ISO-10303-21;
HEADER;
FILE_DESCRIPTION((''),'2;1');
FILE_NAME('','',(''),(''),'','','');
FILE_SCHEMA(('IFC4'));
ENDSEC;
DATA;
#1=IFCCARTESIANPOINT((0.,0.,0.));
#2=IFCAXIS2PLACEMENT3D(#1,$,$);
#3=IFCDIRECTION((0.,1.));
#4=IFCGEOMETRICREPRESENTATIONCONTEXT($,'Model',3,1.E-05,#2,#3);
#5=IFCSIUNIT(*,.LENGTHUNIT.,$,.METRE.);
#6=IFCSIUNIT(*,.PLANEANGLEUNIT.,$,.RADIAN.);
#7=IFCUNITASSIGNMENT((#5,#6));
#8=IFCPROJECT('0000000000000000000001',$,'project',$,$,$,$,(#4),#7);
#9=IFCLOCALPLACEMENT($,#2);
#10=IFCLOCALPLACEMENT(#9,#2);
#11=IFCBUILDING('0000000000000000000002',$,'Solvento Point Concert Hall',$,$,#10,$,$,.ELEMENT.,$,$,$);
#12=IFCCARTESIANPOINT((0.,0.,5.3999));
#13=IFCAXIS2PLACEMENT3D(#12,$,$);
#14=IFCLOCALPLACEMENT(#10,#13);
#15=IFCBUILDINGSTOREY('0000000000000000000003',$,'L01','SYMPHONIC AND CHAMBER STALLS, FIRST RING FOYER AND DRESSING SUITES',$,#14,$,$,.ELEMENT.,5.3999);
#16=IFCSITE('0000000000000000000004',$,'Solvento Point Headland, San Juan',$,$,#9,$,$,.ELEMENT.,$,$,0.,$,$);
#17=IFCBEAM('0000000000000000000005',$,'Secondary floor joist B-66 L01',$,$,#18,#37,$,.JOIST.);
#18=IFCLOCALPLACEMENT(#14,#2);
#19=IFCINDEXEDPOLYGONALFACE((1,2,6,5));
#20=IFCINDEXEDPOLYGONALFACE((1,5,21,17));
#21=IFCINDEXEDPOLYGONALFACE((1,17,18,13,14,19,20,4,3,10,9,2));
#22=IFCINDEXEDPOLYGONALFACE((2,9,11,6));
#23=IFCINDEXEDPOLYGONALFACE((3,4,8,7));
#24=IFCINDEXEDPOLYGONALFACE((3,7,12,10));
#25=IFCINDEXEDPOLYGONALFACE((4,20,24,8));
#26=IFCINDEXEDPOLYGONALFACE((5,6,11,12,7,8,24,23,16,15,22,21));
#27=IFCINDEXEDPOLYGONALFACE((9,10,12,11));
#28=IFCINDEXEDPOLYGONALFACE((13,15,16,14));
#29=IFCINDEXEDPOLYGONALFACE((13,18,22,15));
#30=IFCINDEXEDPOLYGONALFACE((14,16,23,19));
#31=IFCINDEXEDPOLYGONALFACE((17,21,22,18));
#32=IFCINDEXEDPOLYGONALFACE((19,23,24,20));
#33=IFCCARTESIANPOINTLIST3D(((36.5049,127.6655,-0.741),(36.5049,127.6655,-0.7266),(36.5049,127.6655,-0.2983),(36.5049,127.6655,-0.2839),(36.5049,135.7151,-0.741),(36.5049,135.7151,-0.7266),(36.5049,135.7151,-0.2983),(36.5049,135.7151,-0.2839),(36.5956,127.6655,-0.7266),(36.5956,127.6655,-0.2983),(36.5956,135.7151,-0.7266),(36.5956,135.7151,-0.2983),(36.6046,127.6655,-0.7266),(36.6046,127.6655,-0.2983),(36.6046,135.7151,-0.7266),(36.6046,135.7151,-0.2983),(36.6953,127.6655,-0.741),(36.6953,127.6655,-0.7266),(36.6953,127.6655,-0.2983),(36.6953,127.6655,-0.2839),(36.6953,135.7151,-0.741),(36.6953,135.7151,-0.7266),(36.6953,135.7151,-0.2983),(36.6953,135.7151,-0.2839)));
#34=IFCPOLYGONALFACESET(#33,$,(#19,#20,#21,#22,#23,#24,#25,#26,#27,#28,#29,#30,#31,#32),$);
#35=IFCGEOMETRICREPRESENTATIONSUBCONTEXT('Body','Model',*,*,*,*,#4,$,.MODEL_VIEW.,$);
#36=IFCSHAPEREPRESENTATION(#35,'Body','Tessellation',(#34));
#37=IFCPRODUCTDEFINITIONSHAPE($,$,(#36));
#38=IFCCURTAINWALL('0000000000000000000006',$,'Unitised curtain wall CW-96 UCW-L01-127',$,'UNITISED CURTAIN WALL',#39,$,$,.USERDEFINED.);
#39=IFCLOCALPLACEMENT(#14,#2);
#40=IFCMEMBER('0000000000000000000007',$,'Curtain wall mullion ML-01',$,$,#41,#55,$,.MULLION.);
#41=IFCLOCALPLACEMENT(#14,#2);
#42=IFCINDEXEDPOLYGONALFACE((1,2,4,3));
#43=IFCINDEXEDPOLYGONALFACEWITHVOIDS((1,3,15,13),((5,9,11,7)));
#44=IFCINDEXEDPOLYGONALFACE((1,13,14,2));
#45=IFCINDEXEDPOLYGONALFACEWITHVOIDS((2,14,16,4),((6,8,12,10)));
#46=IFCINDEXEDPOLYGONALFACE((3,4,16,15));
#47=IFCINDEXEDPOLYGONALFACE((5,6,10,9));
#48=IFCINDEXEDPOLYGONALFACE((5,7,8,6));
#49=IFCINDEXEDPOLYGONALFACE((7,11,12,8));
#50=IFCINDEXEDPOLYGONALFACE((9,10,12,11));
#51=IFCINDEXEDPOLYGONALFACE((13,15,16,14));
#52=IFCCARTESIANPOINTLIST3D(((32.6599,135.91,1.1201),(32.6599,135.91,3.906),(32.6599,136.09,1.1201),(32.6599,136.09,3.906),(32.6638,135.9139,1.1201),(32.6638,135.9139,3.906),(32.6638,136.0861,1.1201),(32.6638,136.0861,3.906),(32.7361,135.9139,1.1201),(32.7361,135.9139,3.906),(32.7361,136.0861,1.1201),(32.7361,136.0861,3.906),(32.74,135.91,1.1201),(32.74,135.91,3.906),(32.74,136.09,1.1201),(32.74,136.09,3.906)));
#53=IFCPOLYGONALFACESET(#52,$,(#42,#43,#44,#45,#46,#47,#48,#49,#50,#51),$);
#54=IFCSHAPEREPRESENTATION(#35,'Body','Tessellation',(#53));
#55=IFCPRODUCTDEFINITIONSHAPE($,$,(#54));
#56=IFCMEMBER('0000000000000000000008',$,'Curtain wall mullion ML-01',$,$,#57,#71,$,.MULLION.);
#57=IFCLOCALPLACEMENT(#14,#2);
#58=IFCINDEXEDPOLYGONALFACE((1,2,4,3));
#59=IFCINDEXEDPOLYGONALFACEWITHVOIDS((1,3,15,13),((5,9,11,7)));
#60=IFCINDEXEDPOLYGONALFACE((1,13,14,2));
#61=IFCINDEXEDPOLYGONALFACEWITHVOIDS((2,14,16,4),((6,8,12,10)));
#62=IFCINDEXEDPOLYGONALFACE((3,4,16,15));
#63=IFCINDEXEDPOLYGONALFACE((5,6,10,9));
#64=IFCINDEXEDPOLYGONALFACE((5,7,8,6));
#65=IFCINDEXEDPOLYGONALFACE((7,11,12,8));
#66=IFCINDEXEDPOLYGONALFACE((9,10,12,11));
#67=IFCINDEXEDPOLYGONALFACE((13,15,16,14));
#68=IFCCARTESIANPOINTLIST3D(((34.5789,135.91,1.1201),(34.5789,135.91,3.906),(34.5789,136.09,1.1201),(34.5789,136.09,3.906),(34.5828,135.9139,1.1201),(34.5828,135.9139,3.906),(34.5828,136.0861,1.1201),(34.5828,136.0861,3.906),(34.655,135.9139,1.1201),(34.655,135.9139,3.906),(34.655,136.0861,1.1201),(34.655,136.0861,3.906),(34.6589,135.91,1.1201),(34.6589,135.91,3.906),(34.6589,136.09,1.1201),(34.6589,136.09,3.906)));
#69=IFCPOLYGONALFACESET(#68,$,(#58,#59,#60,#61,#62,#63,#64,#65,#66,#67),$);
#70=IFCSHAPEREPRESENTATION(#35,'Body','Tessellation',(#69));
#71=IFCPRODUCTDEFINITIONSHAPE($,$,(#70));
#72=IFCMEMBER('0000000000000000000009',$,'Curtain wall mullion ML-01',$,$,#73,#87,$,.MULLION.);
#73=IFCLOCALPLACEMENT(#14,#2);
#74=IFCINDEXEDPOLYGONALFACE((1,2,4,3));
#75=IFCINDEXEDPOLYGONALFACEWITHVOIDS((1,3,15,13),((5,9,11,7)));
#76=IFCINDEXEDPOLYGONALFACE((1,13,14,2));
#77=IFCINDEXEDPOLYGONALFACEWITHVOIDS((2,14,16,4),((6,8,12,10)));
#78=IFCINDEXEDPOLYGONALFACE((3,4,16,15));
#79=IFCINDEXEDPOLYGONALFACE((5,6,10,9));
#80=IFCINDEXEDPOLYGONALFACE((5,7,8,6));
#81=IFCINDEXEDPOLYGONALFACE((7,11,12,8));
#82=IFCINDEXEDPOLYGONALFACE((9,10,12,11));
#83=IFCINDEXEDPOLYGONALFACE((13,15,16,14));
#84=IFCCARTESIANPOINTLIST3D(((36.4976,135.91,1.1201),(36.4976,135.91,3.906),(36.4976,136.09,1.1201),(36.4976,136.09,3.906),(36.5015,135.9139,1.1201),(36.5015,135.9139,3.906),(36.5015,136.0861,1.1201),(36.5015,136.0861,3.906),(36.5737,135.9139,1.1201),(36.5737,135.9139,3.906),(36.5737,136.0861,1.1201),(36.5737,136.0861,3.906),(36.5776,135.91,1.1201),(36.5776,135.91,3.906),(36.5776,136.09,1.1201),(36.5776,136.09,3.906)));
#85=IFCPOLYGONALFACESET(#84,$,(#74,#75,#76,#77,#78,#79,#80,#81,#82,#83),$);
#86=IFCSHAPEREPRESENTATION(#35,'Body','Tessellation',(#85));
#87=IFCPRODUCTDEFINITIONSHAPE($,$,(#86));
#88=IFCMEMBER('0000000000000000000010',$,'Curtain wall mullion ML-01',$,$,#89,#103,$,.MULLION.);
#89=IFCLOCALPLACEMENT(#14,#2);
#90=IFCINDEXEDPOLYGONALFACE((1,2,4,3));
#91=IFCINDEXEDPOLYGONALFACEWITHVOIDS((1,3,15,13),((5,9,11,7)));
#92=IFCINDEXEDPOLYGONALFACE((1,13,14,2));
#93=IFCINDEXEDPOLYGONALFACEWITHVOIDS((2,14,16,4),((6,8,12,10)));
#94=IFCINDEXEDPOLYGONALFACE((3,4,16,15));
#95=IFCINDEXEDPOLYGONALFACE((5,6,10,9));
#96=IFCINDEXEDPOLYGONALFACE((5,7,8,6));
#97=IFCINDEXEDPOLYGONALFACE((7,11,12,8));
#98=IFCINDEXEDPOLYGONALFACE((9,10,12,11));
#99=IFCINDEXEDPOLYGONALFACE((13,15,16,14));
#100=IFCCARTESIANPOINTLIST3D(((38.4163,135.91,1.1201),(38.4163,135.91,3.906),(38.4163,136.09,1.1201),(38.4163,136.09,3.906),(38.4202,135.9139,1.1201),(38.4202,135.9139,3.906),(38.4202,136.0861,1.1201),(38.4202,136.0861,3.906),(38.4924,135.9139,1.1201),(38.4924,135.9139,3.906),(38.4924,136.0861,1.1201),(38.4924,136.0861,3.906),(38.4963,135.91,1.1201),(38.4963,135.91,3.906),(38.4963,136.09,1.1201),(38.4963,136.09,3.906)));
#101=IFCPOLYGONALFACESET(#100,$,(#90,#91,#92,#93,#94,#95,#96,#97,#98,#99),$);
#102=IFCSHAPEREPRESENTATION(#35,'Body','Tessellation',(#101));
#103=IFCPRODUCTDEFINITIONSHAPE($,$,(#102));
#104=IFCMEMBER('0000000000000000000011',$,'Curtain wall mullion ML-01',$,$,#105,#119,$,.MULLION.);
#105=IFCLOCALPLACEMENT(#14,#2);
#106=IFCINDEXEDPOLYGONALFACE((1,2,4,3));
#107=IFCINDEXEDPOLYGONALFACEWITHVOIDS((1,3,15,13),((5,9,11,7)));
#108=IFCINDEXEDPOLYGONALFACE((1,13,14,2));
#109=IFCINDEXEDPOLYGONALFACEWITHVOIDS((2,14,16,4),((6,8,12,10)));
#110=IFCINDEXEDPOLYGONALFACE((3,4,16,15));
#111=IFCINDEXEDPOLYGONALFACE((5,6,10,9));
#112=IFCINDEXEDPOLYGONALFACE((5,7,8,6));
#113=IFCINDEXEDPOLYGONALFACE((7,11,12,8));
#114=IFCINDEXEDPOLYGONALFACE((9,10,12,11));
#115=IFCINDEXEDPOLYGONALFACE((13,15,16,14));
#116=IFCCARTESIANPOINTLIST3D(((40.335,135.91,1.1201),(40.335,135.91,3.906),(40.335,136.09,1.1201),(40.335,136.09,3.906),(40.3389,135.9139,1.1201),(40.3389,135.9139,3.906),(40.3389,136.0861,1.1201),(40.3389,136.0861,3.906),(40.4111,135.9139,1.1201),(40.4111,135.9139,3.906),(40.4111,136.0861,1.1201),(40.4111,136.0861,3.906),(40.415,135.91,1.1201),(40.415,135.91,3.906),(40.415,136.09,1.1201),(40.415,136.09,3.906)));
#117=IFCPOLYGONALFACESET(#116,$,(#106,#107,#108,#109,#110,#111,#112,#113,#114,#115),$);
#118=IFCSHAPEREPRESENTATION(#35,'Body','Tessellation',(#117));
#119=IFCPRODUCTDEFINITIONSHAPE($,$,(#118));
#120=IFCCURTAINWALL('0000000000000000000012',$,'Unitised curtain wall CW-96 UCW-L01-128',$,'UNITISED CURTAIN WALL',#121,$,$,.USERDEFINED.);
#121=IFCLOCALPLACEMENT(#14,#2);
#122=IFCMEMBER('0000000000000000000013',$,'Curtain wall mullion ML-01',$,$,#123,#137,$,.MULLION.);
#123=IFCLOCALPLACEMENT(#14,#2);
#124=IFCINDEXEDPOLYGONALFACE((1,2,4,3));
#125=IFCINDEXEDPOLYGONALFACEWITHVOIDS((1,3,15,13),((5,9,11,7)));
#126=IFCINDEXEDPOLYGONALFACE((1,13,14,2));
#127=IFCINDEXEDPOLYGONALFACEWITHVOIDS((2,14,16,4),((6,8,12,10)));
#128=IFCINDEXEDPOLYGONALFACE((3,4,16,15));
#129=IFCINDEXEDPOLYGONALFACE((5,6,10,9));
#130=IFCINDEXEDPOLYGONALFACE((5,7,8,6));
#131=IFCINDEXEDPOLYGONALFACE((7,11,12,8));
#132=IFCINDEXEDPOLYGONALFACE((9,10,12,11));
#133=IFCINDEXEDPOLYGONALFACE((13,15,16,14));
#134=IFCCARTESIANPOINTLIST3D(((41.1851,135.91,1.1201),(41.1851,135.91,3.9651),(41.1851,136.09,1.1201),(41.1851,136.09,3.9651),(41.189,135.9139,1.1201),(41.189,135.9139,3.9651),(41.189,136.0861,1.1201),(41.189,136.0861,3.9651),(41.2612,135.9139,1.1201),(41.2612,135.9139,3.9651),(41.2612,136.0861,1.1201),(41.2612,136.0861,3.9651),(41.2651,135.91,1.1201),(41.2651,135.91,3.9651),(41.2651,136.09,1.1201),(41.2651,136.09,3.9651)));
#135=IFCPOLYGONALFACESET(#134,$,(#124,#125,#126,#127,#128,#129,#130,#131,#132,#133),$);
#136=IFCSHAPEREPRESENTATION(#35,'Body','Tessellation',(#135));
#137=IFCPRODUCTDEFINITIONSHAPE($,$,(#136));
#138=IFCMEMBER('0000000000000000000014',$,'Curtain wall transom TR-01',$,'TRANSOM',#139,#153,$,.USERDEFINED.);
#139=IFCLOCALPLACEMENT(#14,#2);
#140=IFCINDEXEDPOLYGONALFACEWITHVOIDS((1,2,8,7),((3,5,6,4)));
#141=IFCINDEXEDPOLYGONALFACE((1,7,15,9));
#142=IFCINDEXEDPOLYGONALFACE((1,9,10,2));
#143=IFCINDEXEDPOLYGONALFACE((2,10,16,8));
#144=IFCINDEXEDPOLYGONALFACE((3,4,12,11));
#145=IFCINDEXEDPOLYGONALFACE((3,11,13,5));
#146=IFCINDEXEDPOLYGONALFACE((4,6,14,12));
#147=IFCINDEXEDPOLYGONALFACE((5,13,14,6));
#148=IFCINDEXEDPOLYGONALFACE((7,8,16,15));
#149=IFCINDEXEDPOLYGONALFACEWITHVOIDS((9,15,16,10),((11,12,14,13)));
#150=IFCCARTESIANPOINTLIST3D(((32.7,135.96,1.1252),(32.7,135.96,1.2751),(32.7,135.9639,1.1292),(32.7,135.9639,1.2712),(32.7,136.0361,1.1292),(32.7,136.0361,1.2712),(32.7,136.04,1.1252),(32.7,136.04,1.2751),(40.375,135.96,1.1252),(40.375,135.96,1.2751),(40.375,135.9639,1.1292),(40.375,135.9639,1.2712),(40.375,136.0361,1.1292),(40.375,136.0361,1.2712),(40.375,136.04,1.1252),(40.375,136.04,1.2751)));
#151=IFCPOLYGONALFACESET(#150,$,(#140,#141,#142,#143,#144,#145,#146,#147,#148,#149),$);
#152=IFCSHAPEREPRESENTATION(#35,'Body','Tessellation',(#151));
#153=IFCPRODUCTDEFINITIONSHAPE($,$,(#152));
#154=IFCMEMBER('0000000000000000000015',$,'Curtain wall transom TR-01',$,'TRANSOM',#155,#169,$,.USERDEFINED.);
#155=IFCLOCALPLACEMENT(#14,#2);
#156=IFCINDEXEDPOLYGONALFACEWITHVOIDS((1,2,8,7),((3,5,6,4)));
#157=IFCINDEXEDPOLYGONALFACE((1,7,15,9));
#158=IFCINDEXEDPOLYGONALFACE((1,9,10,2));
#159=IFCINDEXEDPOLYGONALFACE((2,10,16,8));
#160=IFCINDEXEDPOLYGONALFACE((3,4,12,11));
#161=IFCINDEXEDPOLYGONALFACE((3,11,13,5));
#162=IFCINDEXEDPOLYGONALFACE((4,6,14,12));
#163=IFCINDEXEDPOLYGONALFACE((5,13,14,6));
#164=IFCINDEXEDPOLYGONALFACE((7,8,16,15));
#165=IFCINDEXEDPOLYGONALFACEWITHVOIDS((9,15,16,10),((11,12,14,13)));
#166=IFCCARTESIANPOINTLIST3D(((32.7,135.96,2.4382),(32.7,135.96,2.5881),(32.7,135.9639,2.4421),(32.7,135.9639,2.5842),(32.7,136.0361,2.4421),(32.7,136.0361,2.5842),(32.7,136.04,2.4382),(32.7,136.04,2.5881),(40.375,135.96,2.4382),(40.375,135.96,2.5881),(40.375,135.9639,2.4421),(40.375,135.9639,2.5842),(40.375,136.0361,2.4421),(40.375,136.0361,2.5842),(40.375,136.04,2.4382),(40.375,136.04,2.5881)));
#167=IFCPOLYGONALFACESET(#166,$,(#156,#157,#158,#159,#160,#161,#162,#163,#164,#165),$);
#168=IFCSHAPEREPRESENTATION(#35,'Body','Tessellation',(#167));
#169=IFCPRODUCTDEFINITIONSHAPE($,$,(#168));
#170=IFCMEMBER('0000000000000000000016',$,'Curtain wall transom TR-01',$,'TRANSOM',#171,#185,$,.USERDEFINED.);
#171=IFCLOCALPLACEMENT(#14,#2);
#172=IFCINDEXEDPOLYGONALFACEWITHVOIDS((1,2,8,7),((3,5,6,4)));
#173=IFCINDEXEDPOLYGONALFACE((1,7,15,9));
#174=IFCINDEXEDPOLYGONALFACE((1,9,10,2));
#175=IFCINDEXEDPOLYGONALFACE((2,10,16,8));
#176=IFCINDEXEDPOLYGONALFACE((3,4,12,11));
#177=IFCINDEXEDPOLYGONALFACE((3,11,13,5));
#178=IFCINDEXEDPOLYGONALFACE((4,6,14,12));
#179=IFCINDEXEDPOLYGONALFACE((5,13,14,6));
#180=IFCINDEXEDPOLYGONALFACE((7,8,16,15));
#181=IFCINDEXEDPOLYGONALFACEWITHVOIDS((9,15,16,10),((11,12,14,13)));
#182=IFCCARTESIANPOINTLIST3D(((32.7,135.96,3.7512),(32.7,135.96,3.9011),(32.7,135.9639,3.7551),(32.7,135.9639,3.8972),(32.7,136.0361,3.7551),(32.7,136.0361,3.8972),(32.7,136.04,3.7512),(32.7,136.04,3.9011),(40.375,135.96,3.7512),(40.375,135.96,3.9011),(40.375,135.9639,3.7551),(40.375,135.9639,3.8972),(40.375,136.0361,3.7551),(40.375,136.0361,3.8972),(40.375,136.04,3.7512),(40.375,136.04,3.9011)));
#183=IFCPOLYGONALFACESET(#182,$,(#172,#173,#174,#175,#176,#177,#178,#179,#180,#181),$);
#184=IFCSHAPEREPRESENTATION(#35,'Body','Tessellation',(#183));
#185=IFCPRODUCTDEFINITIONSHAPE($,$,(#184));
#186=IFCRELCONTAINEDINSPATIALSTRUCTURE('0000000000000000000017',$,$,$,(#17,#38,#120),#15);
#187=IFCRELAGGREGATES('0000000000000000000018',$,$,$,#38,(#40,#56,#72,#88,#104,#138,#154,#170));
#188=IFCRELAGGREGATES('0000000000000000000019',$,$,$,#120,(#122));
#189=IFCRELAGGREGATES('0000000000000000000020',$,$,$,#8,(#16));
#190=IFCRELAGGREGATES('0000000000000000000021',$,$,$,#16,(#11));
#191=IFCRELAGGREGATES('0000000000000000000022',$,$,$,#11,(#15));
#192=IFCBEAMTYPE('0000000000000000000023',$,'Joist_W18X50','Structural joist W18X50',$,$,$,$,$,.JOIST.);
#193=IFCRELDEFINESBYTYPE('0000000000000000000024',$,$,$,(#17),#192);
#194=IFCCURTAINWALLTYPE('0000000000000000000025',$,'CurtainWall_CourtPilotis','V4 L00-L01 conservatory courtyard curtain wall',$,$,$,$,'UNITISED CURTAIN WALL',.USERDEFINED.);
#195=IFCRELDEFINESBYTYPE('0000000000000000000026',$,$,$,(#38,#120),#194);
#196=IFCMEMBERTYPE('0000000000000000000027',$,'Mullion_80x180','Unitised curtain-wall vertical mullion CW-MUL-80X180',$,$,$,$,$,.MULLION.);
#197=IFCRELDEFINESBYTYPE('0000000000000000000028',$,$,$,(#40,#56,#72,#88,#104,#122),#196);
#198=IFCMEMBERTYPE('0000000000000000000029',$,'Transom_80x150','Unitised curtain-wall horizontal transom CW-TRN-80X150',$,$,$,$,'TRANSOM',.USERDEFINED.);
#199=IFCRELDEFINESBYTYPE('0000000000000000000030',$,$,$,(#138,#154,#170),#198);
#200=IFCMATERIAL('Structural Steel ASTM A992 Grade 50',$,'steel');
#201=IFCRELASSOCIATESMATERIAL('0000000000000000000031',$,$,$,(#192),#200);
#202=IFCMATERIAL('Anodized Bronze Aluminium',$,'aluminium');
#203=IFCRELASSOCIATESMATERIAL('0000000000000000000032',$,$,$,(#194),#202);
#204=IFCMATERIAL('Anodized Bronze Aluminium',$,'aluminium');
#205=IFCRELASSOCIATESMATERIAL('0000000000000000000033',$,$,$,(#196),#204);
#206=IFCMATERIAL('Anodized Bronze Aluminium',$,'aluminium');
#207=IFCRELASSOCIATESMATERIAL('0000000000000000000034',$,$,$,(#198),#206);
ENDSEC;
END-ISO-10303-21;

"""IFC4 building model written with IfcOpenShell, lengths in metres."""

from ifc_helpers import new_model, si_unit, direction, frame, origin, origin_2d, place, context, subcontext, project, spatial, hollow_rectangle, i_section, extrude, material, material_profile, profile_set, type_object, element, aggregate, save


model = new_model("IFC4")

# Units and contexts
model_context = context("Model", 3, precision=1e-05, world=origin(), true_north=direction((0.0, 1.0)))
body_context = subcontext(model_context, "Body", "Model", "MODEL_VIEW")
ifc_project = project(units=[si_unit("LENGTHUNIT", "METRE"), si_unit("PLANEANGLEUNIT", "RADIAN")], contexts=[model_context])

# Site, building, storey
site_placement = place(None, origin())
site = spatial("IfcSite", under=ifc_project, at=site_placement, Name="Solvento Point Headland, San Juan", CompositionType="ELEMENT", RefElevation=0.0)
building_placement = place(site_placement, origin())
building = spatial("IfcBuilding", under=site, at=building_placement, Name="Solvento Point Concert Hall", CompositionType="ELEMENT")
storey_placement = place(building_placement, frame((0.0, 0.0, 5.3999)))
storey = spatial("IfcBuildingStorey", under=building, at=storey_placement, Name="L01", Description="SYMPHONIC AND CHAMBER STALLS, FIRST RING FOYER AND DRESSING SUITES", CompositionType="ELEMENT", Elevation=5.3999)

# Beam
ifc_material_1 = material(Name="Structural Steel ASTM A992 Grade 50", Category="steel")
ifc_material_profile_1 = material_profile(ifc_material_1, i_section(OverallWidth=0.1904, OverallDepth=0.457, WebThickness=0.009, FlangeThickness=0.0144, at=origin_2d()), Name="W18X50")
ifc_profile_set_1 = profile_set([ifc_material_profile_1], Name="Structural Steel ASTM A992 Grade 50")
beam_type_1 = type_object("IfcBeamType", Name="Joist_W18X50", Description="Structural joist W18X50", PredefinedType="JOIST", material=ifc_profile_set_1)
beam_1_placement = place(storey_placement, frame((36.6001, 127.6655, -0.5125), z_axis=(0.0, 1.0, 0.0), x_axis=(-1.0, 0.0, 0.0)))
element("IfcBeam", 1, at=beam_1_placement, inside=storey, type_object=beam_type_1, Name="Secondary floor joist B-66 L01", PredefinedType="JOIST", context=body_context, shape_type="SweptSolid", body=[
    extrude(i_section(OverallWidth=0.1904, OverallDepth=0.457, WebThickness=0.009, FlangeThickness=0.0144, at=origin_2d()), origin(), (0.0, 0.0, 1.0), 8.0496),
])

# Curtain wall, members
ifc_material_2 = material(Name="Anodized Bronze Aluminium", Category="aluminium")
curtain_wall_type = type_object("IfcCurtainWallType", Name="CurtainWall_CourtPilotis", Description="V4 L00-L01 conservatory courtyard curtain wall", ElementType="UNITISED CURTAIN WALL", PredefinedType="USERDEFINED", material=ifc_material_2)
curtain_wall_1_placement = place(storey_placement, origin())
curtain_wall_1 = element("IfcCurtainWall", 2, at=curtain_wall_1_placement, inside=storey, type_object=curtain_wall_type, Name="Unitised curtain wall CW-96 UCW-L01-127", ObjectType="UNITISED CURTAIN WALL", PredefinedType="USERDEFINED")
ifc_material_3 = material(Name="Anodized Bronze Aluminium", Category="aluminium")
ifc_material_profile_2 = material_profile(ifc_material_3, hollow_rectangle(XDim=0.0801, YDim=0.1799, WallThickness=0.0039, at=origin_2d()), Name="CW-MUL-80X180")
ifc_profile_set_2 = profile_set([ifc_material_profile_2], Name="Anodized Bronze Aluminium")
member_type_1 = type_object("IfcMemberType", Name="Mullion_80x180", Description="Unitised curtain-wall vertical mullion CW-MUL-80X180", PredefinedType="MULLION", material=ifc_profile_set_2)
member_1_placement = place(storey_placement, frame((32.7, 136.0, 1.1201), z_axis=(0.0, 0.0, 1.0), x_axis=(1.0, 0.0, 0.0)))
member_1 = element("IfcMember", 3, at=member_1_placement, type_object=member_type_1, Name="Curtain wall mullion ML-01", PredefinedType="MULLION", context=body_context, shape_type="SweptSolid", body=[
    extrude(hollow_rectangle(XDim=0.0801, YDim=0.1799, WallThickness=0.0039, at=origin_2d()), origin(), (0.0, 0.0, 1.0), 2.7859),
])
member_2_placement = place(storey_placement, frame((34.6189, 136.0, 1.1201), z_axis=(0.0, 0.0, 1.0), x_axis=(1.0, 0.0, 0.0)))
member_2 = element("IfcMember", 4, at=member_2_placement, type_object=member_type_1, Name="Curtain wall mullion ML-01", PredefinedType="MULLION", context=body_context, shape_type="SweptSolid", body=[
    extrude(hollow_rectangle(XDim=0.0801, YDim=0.1799, WallThickness=0.0039, at=origin_2d()), origin(), (0.0, 0.0, 1.0), 2.7859),
])
member_3_placement = place(storey_placement, frame((36.5376, 136.0, 1.1201), z_axis=(0.0, 0.0, 1.0), x_axis=(1.0, 0.0, 0.0)))
member_3 = element("IfcMember", 5, at=member_3_placement, type_object=member_type_1, Name="Curtain wall mullion ML-01", PredefinedType="MULLION", context=body_context, shape_type="SweptSolid", body=[
    extrude(hollow_rectangle(XDim=0.0801, YDim=0.1799, WallThickness=0.0039, at=origin_2d()), origin(), (0.0, 0.0, 1.0), 2.7859),
])
member_4_placement = place(storey_placement, frame((38.4563, 136.0, 1.1201), z_axis=(0.0, 0.0, 1.0), x_axis=(1.0, 0.0, 0.0)))
member_4 = element("IfcMember", 6, at=member_4_placement, type_object=member_type_1, Name="Curtain wall mullion ML-01", PredefinedType="MULLION", context=body_context, shape_type="SweptSolid", body=[
    extrude(hollow_rectangle(XDim=0.0801, YDim=0.1799, WallThickness=0.0039, at=origin_2d()), origin(), (0.0, 0.0, 1.0), 2.7859),
])
member_5_placement = place(storey_placement, frame((40.375, 136.0, 1.1201), z_axis=(0.0, 0.0, 1.0), x_axis=(1.0, 0.0, 0.0)))
member_5 = element("IfcMember", 7, at=member_5_placement, type_object=member_type_1, Name="Curtain wall mullion ML-01", PredefinedType="MULLION", context=body_context, shape_type="SweptSolid", body=[
    extrude(hollow_rectangle(XDim=0.0801, YDim=0.1799, WallThickness=0.0039, at=origin_2d()), origin(), (0.0, 0.0, 1.0), 2.7859),
])

# Curtain wall, member
curtain_wall_2_placement = place(storey_placement, origin())
curtain_wall_2 = element("IfcCurtainWall", 8, at=curtain_wall_2_placement, inside=storey, type_object=curtain_wall_type, Name="Unitised curtain wall CW-96 UCW-L01-128", ObjectType="UNITISED CURTAIN WALL", PredefinedType="USERDEFINED")
member_6_placement = place(storey_placement, frame((41.2251, 136.0, 1.1201), z_axis=(0.0, 0.0, 1.0), x_axis=(1.0, 0.0, 0.0)))
member_6 = element("IfcMember", 9, at=member_6_placement, type_object=member_type_1, Name="Curtain wall mullion ML-01", PredefinedType="MULLION", context=body_context, shape_type="SweptSolid", body=[
    extrude(hollow_rectangle(XDim=0.0801, YDim=0.1799, WallThickness=0.0039, at=origin_2d()), origin(), (0.0, 0.0, 1.0), 2.845),
])

# Members
ifc_material_4 = material(Name="Anodized Bronze Aluminium", Category="aluminium")
ifc_material_profile_3 = material_profile(ifc_material_4, hollow_rectangle(XDim=0.0801, YDim=0.1499, WallThickness=0.0039, at=origin_2d()), Name="CW-TRN-80X150")
ifc_profile_set_3 = profile_set([ifc_material_profile_3], Name="Anodized Bronze Aluminium")
member_type_2 = type_object("IfcMemberType", Name="Transom_80x150", Description="Unitised curtain-wall horizontal transom CW-TRN-80X150", ElementType="TRANSOM", PredefinedType="USERDEFINED", material=ifc_profile_set_3)
member_7_placement = place(storey_placement, frame((32.7, 136.0, 1.2002), z_axis=(1.0, 0.0, 0.0), x_axis=(0.0, 1.0, 0.0)))
member_7 = element("IfcMember", 10, at=member_7_placement, type_object=member_type_2, Name="Curtain wall transom TR-01", ObjectType="TRANSOM", PredefinedType="USERDEFINED", context=body_context, shape_type="SweptSolid", body=[
    extrude(hollow_rectangle(XDim=0.0801, YDim=0.1499, WallThickness=0.0039, at=origin_2d()), origin(), (0.0, 0.0, 1.0), 7.675),
])
member_8_placement = place(storey_placement, frame((32.7, 136.0, 2.5132), z_axis=(1.0, 0.0, 0.0), x_axis=(0.0, 1.0, 0.0)))
member_8 = element("IfcMember", 11, at=member_8_placement, type_object=member_type_2, Name="Curtain wall transom TR-01", ObjectType="TRANSOM", PredefinedType="USERDEFINED", context=body_context, shape_type="SweptSolid", body=[
    extrude(hollow_rectangle(XDim=0.0801, YDim=0.1499, WallThickness=0.0039, at=origin_2d()), origin(), (0.0, 0.0, 1.0), 7.675),
])
member_9_placement = place(storey_placement, frame((32.7, 136.0, 3.8262), z_axis=(1.0, 0.0, 0.0), x_axis=(0.0, 1.0, 0.0)))
member_9 = element("IfcMember", 12, at=member_9_placement, type_object=member_type_2, Name="Curtain wall transom TR-01", ObjectType="TRANSOM", PredefinedType="USERDEFINED", context=body_context, shape_type="SweptSolid", body=[
    extrude(hollow_rectangle(XDim=0.0801, YDim=0.1499, WallThickness=0.0039, at=origin_2d()), origin(), (0.0, 0.0, 1.0), 7.675),
])

aggregate(curtain_wall_1, [member_1, member_2, member_3, member_4, member_5, member_7, member_8, member_9])
aggregate(curtain_wall_2, [member_6])

save(model, "model.ifc")
